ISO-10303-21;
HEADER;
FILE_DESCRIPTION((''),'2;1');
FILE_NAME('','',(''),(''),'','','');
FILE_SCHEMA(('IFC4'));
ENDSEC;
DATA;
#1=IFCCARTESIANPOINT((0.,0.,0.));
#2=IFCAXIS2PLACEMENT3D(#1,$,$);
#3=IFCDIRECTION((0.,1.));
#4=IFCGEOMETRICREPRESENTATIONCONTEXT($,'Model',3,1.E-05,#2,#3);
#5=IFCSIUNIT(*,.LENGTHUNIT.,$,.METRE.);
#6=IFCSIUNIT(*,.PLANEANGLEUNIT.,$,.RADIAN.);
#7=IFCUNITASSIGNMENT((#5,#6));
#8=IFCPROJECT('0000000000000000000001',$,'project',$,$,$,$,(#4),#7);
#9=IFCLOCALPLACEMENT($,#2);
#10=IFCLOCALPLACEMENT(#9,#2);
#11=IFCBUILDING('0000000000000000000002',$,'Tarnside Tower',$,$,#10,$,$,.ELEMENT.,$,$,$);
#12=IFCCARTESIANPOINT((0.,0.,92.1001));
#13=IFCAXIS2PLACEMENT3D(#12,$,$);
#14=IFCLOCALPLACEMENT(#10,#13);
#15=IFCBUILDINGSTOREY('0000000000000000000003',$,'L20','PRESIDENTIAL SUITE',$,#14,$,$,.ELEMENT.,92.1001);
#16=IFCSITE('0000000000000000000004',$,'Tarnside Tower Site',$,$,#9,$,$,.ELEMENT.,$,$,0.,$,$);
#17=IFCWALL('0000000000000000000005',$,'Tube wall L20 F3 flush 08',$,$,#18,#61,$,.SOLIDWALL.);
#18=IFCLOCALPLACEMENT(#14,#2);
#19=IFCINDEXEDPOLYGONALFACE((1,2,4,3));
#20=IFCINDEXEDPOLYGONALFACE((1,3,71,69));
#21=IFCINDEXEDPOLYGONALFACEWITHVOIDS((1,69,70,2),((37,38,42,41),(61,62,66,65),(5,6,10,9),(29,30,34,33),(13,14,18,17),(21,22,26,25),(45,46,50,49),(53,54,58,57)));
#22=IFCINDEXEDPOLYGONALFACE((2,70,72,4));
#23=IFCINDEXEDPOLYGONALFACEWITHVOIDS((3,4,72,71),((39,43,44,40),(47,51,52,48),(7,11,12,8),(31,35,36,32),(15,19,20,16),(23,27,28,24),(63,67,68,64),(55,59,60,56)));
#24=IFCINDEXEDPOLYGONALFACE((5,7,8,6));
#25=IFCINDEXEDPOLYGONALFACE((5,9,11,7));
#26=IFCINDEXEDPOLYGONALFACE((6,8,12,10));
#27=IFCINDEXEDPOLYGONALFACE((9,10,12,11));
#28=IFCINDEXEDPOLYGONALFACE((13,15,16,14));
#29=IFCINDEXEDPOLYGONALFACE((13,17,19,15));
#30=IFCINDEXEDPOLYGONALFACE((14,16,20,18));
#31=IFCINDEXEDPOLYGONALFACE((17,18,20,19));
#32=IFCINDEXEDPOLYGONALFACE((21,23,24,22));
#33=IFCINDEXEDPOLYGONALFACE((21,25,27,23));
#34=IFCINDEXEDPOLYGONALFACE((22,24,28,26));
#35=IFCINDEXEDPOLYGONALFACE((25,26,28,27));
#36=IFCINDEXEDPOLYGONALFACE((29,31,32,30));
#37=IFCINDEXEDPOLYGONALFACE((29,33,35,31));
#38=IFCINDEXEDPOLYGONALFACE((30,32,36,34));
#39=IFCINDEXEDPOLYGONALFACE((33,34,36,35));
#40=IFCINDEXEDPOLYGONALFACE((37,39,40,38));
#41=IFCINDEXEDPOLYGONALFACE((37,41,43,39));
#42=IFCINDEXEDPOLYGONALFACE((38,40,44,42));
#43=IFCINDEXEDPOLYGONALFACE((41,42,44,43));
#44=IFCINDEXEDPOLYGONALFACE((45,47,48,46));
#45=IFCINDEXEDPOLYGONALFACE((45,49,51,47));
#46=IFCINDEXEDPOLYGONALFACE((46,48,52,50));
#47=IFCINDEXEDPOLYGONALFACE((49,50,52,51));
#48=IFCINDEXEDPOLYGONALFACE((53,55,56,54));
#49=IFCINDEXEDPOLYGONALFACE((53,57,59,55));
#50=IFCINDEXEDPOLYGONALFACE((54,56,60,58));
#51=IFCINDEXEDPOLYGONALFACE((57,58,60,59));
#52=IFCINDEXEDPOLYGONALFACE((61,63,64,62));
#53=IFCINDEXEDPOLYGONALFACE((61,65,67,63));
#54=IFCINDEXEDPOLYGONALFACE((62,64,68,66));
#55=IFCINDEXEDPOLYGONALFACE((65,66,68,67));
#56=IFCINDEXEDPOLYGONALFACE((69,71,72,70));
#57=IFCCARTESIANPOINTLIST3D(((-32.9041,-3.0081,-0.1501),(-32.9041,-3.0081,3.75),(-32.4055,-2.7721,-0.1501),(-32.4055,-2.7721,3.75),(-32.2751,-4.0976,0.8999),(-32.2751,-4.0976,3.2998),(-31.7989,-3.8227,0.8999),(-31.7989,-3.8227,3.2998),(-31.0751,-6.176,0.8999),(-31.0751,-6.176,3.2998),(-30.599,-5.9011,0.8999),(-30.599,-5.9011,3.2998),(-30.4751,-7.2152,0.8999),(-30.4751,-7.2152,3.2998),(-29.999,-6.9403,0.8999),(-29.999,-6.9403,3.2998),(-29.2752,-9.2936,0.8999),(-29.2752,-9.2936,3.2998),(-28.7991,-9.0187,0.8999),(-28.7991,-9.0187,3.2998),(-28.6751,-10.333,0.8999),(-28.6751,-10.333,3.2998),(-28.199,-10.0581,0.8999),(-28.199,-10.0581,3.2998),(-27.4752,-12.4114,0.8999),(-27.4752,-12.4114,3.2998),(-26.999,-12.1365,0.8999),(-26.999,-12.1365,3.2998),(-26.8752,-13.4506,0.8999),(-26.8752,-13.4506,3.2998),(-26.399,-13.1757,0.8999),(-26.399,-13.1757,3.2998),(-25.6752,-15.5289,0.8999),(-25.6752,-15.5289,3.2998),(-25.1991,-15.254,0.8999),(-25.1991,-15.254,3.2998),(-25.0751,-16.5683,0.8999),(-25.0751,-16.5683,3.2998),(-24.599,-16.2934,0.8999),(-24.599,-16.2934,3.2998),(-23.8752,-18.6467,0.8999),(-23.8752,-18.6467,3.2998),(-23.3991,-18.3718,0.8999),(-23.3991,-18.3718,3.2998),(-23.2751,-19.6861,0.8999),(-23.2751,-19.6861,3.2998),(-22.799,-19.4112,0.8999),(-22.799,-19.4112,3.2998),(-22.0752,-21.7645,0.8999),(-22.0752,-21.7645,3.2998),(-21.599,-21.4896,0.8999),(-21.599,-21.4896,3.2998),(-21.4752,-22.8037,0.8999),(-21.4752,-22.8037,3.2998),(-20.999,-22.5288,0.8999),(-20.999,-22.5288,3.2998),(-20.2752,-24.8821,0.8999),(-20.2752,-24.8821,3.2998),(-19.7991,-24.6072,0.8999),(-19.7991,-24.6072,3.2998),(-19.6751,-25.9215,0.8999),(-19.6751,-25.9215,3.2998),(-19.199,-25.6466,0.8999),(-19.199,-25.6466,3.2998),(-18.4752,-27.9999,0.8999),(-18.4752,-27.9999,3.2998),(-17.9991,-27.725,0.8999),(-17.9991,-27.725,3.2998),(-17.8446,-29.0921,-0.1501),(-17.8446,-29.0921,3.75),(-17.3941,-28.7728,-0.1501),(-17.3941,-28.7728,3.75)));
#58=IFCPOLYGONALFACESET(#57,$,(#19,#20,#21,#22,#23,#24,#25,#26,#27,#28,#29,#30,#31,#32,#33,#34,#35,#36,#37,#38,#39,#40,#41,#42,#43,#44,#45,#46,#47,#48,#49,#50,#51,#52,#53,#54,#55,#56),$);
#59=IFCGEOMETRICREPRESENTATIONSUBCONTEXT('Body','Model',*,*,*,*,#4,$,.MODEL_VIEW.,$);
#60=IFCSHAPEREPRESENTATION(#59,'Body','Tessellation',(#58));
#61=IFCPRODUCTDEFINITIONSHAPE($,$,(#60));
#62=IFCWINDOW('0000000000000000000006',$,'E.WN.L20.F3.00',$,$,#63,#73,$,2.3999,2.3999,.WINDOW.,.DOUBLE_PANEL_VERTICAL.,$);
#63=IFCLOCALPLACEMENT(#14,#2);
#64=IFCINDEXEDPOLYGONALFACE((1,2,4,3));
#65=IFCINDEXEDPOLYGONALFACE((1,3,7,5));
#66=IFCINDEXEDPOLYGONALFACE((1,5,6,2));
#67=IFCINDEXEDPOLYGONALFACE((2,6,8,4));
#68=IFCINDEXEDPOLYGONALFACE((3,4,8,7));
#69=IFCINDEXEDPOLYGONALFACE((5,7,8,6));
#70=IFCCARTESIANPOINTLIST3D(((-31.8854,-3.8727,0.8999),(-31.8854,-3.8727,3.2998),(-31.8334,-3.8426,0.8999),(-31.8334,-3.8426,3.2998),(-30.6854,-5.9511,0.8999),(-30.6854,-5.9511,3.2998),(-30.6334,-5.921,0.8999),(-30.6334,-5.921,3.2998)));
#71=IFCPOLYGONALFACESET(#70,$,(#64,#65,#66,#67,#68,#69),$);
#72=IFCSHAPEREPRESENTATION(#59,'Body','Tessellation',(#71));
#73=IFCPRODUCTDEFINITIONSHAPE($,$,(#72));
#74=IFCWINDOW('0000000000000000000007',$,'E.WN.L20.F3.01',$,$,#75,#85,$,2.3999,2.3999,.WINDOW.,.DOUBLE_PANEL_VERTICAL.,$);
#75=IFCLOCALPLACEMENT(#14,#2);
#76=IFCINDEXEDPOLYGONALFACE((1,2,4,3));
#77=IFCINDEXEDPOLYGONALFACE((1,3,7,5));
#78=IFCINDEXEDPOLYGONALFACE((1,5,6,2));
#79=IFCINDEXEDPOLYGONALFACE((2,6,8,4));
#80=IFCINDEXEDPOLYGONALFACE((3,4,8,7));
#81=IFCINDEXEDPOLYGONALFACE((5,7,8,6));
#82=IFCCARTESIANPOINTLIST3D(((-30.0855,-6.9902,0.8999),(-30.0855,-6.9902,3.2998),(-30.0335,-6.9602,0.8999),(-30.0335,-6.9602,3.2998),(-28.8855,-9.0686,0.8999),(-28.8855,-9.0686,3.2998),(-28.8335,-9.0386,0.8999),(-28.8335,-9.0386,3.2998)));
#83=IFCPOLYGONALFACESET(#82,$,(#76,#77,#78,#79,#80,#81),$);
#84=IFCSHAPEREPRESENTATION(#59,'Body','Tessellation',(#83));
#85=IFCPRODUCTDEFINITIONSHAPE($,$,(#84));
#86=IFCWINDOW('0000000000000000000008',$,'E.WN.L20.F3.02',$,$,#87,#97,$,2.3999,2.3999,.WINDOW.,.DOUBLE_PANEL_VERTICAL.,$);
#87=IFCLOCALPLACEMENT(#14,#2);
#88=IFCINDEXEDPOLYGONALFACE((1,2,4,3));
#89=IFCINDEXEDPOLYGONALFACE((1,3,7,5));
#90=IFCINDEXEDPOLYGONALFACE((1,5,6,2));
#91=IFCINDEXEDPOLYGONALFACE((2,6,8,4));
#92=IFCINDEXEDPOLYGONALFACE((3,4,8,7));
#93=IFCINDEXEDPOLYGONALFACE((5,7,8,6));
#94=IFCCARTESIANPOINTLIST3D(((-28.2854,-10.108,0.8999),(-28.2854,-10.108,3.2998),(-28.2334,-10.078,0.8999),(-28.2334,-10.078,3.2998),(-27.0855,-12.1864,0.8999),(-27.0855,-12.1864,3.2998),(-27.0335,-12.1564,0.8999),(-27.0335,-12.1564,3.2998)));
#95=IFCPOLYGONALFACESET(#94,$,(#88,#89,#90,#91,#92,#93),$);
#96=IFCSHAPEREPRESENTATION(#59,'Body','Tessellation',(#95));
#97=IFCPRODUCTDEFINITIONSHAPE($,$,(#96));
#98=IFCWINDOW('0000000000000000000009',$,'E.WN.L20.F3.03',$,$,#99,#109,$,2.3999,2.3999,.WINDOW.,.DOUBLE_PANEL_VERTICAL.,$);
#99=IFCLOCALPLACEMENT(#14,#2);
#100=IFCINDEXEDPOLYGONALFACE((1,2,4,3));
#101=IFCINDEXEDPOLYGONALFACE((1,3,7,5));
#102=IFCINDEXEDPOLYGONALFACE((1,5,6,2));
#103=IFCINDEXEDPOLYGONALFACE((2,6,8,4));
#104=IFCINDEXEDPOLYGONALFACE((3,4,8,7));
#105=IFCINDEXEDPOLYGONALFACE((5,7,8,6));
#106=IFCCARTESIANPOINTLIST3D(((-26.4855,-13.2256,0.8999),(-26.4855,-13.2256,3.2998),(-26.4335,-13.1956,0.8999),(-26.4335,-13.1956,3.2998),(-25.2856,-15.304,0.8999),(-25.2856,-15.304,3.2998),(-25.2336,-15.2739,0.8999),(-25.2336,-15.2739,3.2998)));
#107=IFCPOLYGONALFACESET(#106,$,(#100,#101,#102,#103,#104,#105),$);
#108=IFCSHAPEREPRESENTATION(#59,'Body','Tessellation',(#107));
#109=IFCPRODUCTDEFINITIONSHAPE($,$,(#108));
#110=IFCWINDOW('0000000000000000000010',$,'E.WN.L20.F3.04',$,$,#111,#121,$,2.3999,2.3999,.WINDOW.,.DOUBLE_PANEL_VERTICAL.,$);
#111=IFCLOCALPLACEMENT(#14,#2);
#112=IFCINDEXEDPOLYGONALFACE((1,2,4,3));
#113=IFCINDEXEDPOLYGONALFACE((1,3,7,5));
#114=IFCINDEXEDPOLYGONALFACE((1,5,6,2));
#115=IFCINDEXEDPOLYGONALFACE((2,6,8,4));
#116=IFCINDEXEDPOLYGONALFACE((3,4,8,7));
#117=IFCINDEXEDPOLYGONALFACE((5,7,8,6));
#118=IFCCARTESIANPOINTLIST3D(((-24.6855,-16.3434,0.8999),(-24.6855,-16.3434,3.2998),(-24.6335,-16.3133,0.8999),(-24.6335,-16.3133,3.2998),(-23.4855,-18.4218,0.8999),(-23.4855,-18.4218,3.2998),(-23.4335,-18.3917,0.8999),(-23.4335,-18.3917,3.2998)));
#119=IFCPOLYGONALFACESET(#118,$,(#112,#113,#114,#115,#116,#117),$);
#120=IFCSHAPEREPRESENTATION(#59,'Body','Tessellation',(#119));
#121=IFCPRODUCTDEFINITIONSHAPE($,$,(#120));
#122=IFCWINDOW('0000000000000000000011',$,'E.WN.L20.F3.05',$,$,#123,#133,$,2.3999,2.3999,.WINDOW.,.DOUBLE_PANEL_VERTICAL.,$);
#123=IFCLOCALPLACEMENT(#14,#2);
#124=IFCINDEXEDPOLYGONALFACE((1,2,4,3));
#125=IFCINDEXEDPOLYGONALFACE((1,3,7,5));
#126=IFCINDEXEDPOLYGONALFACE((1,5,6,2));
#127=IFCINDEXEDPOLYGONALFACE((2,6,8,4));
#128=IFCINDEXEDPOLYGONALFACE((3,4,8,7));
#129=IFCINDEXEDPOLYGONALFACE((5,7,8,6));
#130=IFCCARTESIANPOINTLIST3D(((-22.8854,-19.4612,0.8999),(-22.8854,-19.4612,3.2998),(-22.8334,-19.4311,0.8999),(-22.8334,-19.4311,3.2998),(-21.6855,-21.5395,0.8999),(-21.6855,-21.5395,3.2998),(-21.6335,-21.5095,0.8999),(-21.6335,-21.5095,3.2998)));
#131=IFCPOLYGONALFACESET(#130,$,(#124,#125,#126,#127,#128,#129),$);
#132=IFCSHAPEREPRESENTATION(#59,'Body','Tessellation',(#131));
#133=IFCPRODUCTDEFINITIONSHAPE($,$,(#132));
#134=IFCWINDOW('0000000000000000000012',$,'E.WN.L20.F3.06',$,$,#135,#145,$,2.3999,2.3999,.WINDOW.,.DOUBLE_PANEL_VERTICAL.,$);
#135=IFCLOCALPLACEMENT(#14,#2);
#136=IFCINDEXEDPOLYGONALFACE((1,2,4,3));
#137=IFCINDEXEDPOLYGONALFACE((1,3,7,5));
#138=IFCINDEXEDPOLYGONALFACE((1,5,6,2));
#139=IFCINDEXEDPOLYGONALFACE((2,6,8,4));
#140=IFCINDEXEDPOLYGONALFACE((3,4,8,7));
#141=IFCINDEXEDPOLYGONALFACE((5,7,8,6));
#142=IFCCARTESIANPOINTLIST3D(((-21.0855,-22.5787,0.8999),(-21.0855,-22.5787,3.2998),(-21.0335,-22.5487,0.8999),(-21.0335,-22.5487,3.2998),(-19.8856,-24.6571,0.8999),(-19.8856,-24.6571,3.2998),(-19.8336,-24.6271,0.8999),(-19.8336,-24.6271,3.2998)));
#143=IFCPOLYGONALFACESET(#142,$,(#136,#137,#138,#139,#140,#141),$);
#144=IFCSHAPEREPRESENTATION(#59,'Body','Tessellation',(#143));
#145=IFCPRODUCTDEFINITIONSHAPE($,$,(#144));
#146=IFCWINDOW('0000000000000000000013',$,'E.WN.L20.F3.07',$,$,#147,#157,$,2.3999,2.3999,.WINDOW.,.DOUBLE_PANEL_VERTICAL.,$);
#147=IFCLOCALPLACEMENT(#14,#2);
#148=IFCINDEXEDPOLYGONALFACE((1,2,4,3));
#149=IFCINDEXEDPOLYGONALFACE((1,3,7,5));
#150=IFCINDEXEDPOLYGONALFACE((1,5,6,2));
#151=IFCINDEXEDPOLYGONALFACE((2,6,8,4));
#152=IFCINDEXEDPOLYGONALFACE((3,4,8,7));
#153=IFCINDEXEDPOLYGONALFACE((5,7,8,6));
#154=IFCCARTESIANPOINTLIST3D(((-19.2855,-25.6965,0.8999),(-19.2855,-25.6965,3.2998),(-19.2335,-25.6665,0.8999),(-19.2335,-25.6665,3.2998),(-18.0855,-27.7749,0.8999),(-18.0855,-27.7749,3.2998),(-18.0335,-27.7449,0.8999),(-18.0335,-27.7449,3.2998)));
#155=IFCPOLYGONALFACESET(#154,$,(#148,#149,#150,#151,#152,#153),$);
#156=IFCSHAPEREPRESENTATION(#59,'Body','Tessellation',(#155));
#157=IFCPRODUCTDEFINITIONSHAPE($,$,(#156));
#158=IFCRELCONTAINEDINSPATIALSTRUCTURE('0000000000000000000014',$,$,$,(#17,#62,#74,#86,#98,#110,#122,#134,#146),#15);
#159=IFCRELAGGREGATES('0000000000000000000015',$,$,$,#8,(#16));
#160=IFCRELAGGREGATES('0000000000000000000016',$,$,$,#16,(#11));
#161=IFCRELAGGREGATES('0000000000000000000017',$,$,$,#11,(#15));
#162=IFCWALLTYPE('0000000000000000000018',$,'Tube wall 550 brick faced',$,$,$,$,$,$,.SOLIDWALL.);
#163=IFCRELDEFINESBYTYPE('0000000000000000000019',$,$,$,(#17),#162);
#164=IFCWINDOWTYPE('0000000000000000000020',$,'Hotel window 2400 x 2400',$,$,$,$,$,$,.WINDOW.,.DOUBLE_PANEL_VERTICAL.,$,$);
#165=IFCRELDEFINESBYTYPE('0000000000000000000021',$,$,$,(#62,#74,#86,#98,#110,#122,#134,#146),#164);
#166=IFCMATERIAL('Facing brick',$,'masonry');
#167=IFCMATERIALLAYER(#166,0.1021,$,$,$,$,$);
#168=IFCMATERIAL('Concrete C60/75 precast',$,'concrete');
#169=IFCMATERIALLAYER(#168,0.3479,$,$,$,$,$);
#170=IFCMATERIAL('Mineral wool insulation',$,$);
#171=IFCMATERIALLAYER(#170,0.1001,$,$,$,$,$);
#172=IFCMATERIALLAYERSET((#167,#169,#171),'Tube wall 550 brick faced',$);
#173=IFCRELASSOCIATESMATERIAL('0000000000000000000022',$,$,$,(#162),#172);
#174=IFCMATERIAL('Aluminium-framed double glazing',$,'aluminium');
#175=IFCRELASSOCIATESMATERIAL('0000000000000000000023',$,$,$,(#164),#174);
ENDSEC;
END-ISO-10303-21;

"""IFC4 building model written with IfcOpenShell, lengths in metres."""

from ifc_helpers import new_model, si_unit, direction, frame, frame_2d, origin, place, context, subcontext, project, spatial, polyline, rectangle, outline, extrude, material, layer, layer_set, type_object, element, fill, save


model = new_model("IFC4")

# Units and contexts
model_context = context("Model", 3, precision=1e-05, world=origin(), true_north=direction((0.0, 1.0)))
body_context = subcontext(model_context, "Body", "Model", "MODEL_VIEW")
ifc_project = project(units=[si_unit("LENGTHUNIT", "METRE"), si_unit("PLANEANGLEUNIT", "RADIAN")], contexts=[model_context])

# Site, building, storey
site_placement = place(None, origin())
site = spatial("IfcSite", under=ifc_project, at=site_placement, Name="Tarnside Tower Site", CompositionType="ELEMENT", RefElevation=0.0)
building_placement = place(site_placement, origin())
building = spatial("IfcBuilding", under=site, at=building_placement, Name="Tarnside Tower", CompositionType="ELEMENT")
storey_placement = place(building_placement, frame((0.0, 0.0, 92.1001)))
storey = spatial("IfcBuildingStorey", under=building, at=storey_placement, Name="L20", Description="PRESIDENTIAL SUITE", CompositionType="ELEMENT", Elevation=92.1001)

# Shared definitions
ifc_material_1 = material(Name="Facing brick", Category="masonry")
ifc_layer_1 = layer(ifc_material_1, 0.1021)
ifc_material_2 = material(Name="Concrete C60/75 precast", Category="concrete")
ifc_layer_2 = layer(ifc_material_2, 0.3479)
ifc_material_3 = material(Name="Mineral wool insulation")
ifc_layer_3 = layer(ifc_material_3, 0.1001)
ifc_layer_set_1 = layer_set([ifc_layer_1, ifc_layer_2, ifc_layer_3], Name="Tube wall 550 brick faced")
wall_type = type_object("IfcWallType", Name="Tube wall 550 brick faced", PredefinedType="SOLIDWALL", material=ifc_layer_set_1)

# Wall, openings, windows
wall_1_placement = place(storey_placement, frame((-32.6548, -2.8901, -0.1501), z_axis=(0.0, 0.0, 1.0), x_axis=(0.499998, -0.866027, 0.0)))
wall_1 = element("IfcWall", 1, at=wall_1_placement, inside=storey, type_object=wall_type, Name="Tube wall L20 F3 flush 08", PredefinedType="SOLIDWALL", context=body_context, shape_type="SweptSolid", body=[
    extrude(outline(polyline([(-0.0225, -0.2749), (30.0967, -0.2749), (30.0454, 0.2749), (0.0225, 0.2749), (-0.0225, -0.2749)])), origin(), (0.0, 0.0, 1.0), 3.9001),
])
opening_1_placement = place(wall_1_placement, frame((1.2356, 0.0, 1.05)))
opening_1 = element("IfcOpeningElement", 2, at=opening_1_placement, cuts=wall_1, PredefinedType="OPENING", context=body_context, shape_type="SweptSolid", body=[
    extrude(rectangle(XDim=2.3999, YDim=2.3999, at=frame_2d((1.2, 1.2))), frame((0.0, 0.2852, 0.0), z_axis=(0.0, -1.0, 0.0), x_axis=(1.0, 0.0, 0.0)), (0.0, 0.0, 1.0), 0.5701),
])
opening_2_placement = place(wall_1_placement, frame((4.8354, 0.0, 1.05)))
opening_2 = element("IfcOpeningElement", 3, at=opening_2_placement, cuts=wall_1, PredefinedType="OPENING", context=body_context, shape_type="SweptSolid", body=[
    extrude(rectangle(XDim=2.3999, YDim=2.3999, at=frame_2d((1.2, 1.2))), frame((0.0, 0.2852, 0.0), z_axis=(0.0, -1.0, 0.0), x_axis=(1.0, 0.0, 0.0)), (0.0, 0.0, 1.0), 0.5701),
])
opening_3_placement = place(wall_1_placement, frame((8.4355, 0.0, 1.05)))
opening_3 = element("IfcOpeningElement", 4, at=opening_3_placement, cuts=wall_1, PredefinedType="OPENING", context=body_context, shape_type="SweptSolid", body=[
    extrude(rectangle(XDim=2.3999, YDim=2.3999, at=frame_2d((1.2, 1.2))), frame((0.0, 0.2852, 0.0), z_axis=(0.0, -1.0, 0.0), x_axis=(1.0, 0.0, 0.0)), (0.0, 0.0, 1.0), 0.5701),
])
opening_4_placement = place(wall_1_placement, frame((12.0354, 0.0, 1.05)))
opening_4 = element("IfcOpeningElement", 5, at=opening_4_placement, cuts=wall_1, PredefinedType="OPENING", context=body_context, shape_type="SweptSolid", body=[
    extrude(rectangle(XDim=2.3999, YDim=2.3999, at=frame_2d((1.2, 1.2))), frame((0.0, 0.2852, 0.0), z_axis=(0.0, -1.0, 0.0), x_axis=(1.0, 0.0, 0.0)), (0.0, 0.0, 1.0), 0.5701),
])
opening_5_placement = place(wall_1_placement, frame((15.6355, 0.0, 1.05)))
opening_5 = element("IfcOpeningElement", 6, at=opening_5_placement, cuts=wall_1, PredefinedType="OPENING", context=body_context, shape_type="SweptSolid", body=[
    extrude(rectangle(XDim=2.3999, YDim=2.3999, at=frame_2d((1.2, 1.2))), frame((0.0, 0.2852, 0.0), z_axis=(0.0, -1.0, 0.0), x_axis=(1.0, 0.0, 0.0)), (0.0, 0.0, 1.0), 0.5701),
])
opening_6_placement = place(wall_1_placement, frame((19.2356, 0.0, 1.05)))
opening_6 = element("IfcOpeningElement", 7, at=opening_6_placement, cuts=wall_1, PredefinedType="OPENING", context=body_context, shape_type="SweptSolid", body=[
    extrude(rectangle(XDim=2.3999, YDim=2.3999, at=frame_2d((1.2, 1.2))), frame((0.0, 0.2852, 0.0), z_axis=(0.0, -1.0, 0.0), x_axis=(1.0, 0.0, 0.0)), (0.0, 0.0, 1.0), 0.5701),
])
opening_7_placement = place(wall_1_placement, frame((22.8354, 0.0, 1.05)))
opening_7 = element("IfcOpeningElement", 8, at=opening_7_placement, cuts=wall_1, PredefinedType="OPENING", context=body_context, shape_type="SweptSolid", body=[
    extrude(rectangle(XDim=2.3999, YDim=2.3999, at=frame_2d((1.2, 1.2))), frame((0.0, 0.2852, 0.0), z_axis=(0.0, -1.0, 0.0), x_axis=(1.0, 0.0, 0.0)), (0.0, 0.0, 1.0), 0.5701),
])
opening_8_placement = place(wall_1_placement, frame((26.4355, 0.0, 1.05)))
opening_8 = element("IfcOpeningElement", 9, at=opening_8_placement, cuts=wall_1, PredefinedType="OPENING", context=body_context, shape_type="SweptSolid", body=[
    extrude(rectangle(XDim=2.3999, YDim=2.3999, at=frame_2d((1.2, 1.2))), frame((0.0, 0.2852, 0.0), z_axis=(0.0, -1.0, 0.0), x_axis=(1.0, 0.0, 0.0)), (0.0, 0.0, 1.0), 0.5701),
])
ifc_material_4 = material(Name="Aluminium-framed double glazing", Category="aluminium")
window_type = type_object("IfcWindowType", Name="Hotel window 2400 x 2400", PartitioningType="DOUBLE_PANEL_VERTICAL", PredefinedType="WINDOW", material=ifc_material_4)
window_1_placement = place(opening_1_placement, frame((0.0, 0.2051, 0.0)))
window_1 = element("IfcWindow", 10, at=window_1_placement, inside=storey, type_object=window_type, Name="E.WN.L20.F3.00", OverallHeight=2.3999, OverallWidth=2.3999, PartitioningType="DOUBLE_PANEL_VERTICAL", PredefinedType="WINDOW", context=body_context, shape_type="SweptSolid", body=[
    extrude(rectangle(XDim=2.3999, YDim=2.3999, at=frame_2d((1.2, 1.2))), frame((0.0, 0.03, 0.0), z_axis=(0.0, -1.0, 0.0), x_axis=(1.0, 0.0, 0.0)), (0.0, 0.0, 1.0), 0.0601),
])
fill(opening_1, window_1)
window_2_placement = place(opening_2_placement, frame((0.0, 0.2051, 0.0)))
window_2 = element("IfcWindow", 11, at=window_2_placement, inside=storey, type_object=window_type, Name="E.WN.L20.F3.01", OverallHeight=2.3999, OverallWidth=2.3999, PartitioningType="DOUBLE_PANEL_VERTICAL", PredefinedType="WINDOW", context=body_context, shape_type="SweptSolid", body=[
    extrude(rectangle(XDim=2.3999, YDim=2.3999, at=frame_2d((1.2, 1.2))), frame((0.0, 0.03, 0.0), z_axis=(0.0, -1.0, 0.0), x_axis=(1.0, 0.0, 0.0)), (0.0, 0.0, 1.0), 0.0601),
])
fill(opening_2, window_2)
window_3_placement = place(opening_3_placement, frame((0.0, 0.2051, 0.0)))
window_3 = element("IfcWindow", 12, at=window_3_placement, inside=storey, type_object=window_type, Name="E.WN.L20.F3.02", OverallHeight=2.3999, OverallWidth=2.3999, PartitioningType="DOUBLE_PANEL_VERTICAL", PredefinedType="WINDOW", context=body_context, shape_type="SweptSolid", body=[
    extrude(rectangle(XDim=2.3999, YDim=2.3999, at=frame_2d((1.2, 1.2))), frame((0.0, 0.03, 0.0), z_axis=(0.0, -1.0, 0.0), x_axis=(1.0, 0.0, 0.0)), (0.0, 0.0, 1.0), 0.0601),
])
fill(opening_3, window_3)
window_4_placement = place(opening_4_placement, frame((0.0, 0.2051, 0.0)))
window_4 = element("IfcWindow", 13, at=window_4_placement, inside=storey, type_object=window_type, Name="E.WN.L20.F3.03", OverallHeight=2.3999, OverallWidth=2.3999, PartitioningType="DOUBLE_PANEL_VERTICAL", PredefinedType="WINDOW", context=body_context, shape_type="SweptSolid", body=[
    extrude(rectangle(XDim=2.3999, YDim=2.3999, at=frame_2d((1.2, 1.2))), frame((0.0, 0.03, 0.0), z_axis=(0.0, -1.0, 0.0), x_axis=(1.0, 0.0, 0.0)), (0.0, 0.0, 1.0), 0.0601),
])
fill(opening_4, window_4)
window_5_placement = place(opening_5_placement, frame((0.0, 0.2051, 0.0)))
window_5 = element("IfcWindow", 14, at=window_5_placement, inside=storey, type_object=window_type, Name="E.WN.L20.F3.04", OverallHeight=2.3999, OverallWidth=2.3999, PartitioningType="DOUBLE_PANEL_VERTICAL", PredefinedType="WINDOW", context=body_context, shape_type="SweptSolid", body=[
    extrude(rectangle(XDim=2.3999, YDim=2.3999, at=frame_2d((1.2, 1.2))), frame((0.0, 0.03, 0.0), z_axis=(0.0, -1.0, 0.0), x_axis=(1.0, 0.0, 0.0)), (0.0, 0.0, 1.0), 0.0601),
])
fill(opening_5, window_5)
window_6_placement = place(opening_6_placement, frame((0.0, 0.2051, 0.0)))
window_6 = element("IfcWindow", 15, at=window_6_placement, inside=storey, type_object=window_type, Name="E.WN.L20.F3.05", OverallHeight=2.3999, OverallWidth=2.3999, PartitioningType="DOUBLE_PANEL_VERTICAL", PredefinedType="WINDOW", context=body_context, shape_type="SweptSolid", body=[
    extrude(rectangle(XDim=2.3999, YDim=2.3999, at=frame_2d((1.2, 1.2))), frame((0.0, 0.03, 0.0), z_axis=(0.0, -1.0, 0.0), x_axis=(1.0, 0.0, 0.0)), (0.0, 0.0, 1.0), 0.0601),
])
fill(opening_6, window_6)
window_7_placement = place(opening_7_placement, frame((0.0, 0.2051, 0.0)))
window_7 = element("IfcWindow", 16, at=window_7_placement, inside=storey, type_object=window_type, Name="E.WN.L20.F3.06", OverallHeight=2.3999, OverallWidth=2.3999, PartitioningType="DOUBLE_PANEL_VERTICAL", PredefinedType="WINDOW", context=body_context, shape_type="SweptSolid", body=[
    extrude(rectangle(XDim=2.3999, YDim=2.3999, at=frame_2d((1.2, 1.2))), frame((0.0, 0.03, 0.0), z_axis=(0.0, -1.0, 0.0), x_axis=(1.0, 0.0, 0.0)), (0.0, 0.0, 1.0), 0.0601),
])
fill(opening_7, window_7)
window_8_placement = place(opening_8_placement, frame((0.0, 0.2051, 0.0)))
window_8 = element("IfcWindow", 17, at=window_8_placement, inside=storey, type_object=window_type, Name="E.WN.L20.F3.07", OverallHeight=2.3999, OverallWidth=2.3999, PartitioningType="DOUBLE_PANEL_VERTICAL", PredefinedType="WINDOW", context=body_context, shape_type="SweptSolid", body=[
    extrude(rectangle(XDim=2.3999, YDim=2.3999, at=frame_2d((1.2, 1.2))), frame((0.0, 0.03, 0.0), z_axis=(0.0, -1.0, 0.0), x_axis=(1.0, 0.0, 0.0)), (0.0, 0.0, 1.0), 0.0601),
])
fill(opening_8, window_8)

save(model, "model.ifc")
